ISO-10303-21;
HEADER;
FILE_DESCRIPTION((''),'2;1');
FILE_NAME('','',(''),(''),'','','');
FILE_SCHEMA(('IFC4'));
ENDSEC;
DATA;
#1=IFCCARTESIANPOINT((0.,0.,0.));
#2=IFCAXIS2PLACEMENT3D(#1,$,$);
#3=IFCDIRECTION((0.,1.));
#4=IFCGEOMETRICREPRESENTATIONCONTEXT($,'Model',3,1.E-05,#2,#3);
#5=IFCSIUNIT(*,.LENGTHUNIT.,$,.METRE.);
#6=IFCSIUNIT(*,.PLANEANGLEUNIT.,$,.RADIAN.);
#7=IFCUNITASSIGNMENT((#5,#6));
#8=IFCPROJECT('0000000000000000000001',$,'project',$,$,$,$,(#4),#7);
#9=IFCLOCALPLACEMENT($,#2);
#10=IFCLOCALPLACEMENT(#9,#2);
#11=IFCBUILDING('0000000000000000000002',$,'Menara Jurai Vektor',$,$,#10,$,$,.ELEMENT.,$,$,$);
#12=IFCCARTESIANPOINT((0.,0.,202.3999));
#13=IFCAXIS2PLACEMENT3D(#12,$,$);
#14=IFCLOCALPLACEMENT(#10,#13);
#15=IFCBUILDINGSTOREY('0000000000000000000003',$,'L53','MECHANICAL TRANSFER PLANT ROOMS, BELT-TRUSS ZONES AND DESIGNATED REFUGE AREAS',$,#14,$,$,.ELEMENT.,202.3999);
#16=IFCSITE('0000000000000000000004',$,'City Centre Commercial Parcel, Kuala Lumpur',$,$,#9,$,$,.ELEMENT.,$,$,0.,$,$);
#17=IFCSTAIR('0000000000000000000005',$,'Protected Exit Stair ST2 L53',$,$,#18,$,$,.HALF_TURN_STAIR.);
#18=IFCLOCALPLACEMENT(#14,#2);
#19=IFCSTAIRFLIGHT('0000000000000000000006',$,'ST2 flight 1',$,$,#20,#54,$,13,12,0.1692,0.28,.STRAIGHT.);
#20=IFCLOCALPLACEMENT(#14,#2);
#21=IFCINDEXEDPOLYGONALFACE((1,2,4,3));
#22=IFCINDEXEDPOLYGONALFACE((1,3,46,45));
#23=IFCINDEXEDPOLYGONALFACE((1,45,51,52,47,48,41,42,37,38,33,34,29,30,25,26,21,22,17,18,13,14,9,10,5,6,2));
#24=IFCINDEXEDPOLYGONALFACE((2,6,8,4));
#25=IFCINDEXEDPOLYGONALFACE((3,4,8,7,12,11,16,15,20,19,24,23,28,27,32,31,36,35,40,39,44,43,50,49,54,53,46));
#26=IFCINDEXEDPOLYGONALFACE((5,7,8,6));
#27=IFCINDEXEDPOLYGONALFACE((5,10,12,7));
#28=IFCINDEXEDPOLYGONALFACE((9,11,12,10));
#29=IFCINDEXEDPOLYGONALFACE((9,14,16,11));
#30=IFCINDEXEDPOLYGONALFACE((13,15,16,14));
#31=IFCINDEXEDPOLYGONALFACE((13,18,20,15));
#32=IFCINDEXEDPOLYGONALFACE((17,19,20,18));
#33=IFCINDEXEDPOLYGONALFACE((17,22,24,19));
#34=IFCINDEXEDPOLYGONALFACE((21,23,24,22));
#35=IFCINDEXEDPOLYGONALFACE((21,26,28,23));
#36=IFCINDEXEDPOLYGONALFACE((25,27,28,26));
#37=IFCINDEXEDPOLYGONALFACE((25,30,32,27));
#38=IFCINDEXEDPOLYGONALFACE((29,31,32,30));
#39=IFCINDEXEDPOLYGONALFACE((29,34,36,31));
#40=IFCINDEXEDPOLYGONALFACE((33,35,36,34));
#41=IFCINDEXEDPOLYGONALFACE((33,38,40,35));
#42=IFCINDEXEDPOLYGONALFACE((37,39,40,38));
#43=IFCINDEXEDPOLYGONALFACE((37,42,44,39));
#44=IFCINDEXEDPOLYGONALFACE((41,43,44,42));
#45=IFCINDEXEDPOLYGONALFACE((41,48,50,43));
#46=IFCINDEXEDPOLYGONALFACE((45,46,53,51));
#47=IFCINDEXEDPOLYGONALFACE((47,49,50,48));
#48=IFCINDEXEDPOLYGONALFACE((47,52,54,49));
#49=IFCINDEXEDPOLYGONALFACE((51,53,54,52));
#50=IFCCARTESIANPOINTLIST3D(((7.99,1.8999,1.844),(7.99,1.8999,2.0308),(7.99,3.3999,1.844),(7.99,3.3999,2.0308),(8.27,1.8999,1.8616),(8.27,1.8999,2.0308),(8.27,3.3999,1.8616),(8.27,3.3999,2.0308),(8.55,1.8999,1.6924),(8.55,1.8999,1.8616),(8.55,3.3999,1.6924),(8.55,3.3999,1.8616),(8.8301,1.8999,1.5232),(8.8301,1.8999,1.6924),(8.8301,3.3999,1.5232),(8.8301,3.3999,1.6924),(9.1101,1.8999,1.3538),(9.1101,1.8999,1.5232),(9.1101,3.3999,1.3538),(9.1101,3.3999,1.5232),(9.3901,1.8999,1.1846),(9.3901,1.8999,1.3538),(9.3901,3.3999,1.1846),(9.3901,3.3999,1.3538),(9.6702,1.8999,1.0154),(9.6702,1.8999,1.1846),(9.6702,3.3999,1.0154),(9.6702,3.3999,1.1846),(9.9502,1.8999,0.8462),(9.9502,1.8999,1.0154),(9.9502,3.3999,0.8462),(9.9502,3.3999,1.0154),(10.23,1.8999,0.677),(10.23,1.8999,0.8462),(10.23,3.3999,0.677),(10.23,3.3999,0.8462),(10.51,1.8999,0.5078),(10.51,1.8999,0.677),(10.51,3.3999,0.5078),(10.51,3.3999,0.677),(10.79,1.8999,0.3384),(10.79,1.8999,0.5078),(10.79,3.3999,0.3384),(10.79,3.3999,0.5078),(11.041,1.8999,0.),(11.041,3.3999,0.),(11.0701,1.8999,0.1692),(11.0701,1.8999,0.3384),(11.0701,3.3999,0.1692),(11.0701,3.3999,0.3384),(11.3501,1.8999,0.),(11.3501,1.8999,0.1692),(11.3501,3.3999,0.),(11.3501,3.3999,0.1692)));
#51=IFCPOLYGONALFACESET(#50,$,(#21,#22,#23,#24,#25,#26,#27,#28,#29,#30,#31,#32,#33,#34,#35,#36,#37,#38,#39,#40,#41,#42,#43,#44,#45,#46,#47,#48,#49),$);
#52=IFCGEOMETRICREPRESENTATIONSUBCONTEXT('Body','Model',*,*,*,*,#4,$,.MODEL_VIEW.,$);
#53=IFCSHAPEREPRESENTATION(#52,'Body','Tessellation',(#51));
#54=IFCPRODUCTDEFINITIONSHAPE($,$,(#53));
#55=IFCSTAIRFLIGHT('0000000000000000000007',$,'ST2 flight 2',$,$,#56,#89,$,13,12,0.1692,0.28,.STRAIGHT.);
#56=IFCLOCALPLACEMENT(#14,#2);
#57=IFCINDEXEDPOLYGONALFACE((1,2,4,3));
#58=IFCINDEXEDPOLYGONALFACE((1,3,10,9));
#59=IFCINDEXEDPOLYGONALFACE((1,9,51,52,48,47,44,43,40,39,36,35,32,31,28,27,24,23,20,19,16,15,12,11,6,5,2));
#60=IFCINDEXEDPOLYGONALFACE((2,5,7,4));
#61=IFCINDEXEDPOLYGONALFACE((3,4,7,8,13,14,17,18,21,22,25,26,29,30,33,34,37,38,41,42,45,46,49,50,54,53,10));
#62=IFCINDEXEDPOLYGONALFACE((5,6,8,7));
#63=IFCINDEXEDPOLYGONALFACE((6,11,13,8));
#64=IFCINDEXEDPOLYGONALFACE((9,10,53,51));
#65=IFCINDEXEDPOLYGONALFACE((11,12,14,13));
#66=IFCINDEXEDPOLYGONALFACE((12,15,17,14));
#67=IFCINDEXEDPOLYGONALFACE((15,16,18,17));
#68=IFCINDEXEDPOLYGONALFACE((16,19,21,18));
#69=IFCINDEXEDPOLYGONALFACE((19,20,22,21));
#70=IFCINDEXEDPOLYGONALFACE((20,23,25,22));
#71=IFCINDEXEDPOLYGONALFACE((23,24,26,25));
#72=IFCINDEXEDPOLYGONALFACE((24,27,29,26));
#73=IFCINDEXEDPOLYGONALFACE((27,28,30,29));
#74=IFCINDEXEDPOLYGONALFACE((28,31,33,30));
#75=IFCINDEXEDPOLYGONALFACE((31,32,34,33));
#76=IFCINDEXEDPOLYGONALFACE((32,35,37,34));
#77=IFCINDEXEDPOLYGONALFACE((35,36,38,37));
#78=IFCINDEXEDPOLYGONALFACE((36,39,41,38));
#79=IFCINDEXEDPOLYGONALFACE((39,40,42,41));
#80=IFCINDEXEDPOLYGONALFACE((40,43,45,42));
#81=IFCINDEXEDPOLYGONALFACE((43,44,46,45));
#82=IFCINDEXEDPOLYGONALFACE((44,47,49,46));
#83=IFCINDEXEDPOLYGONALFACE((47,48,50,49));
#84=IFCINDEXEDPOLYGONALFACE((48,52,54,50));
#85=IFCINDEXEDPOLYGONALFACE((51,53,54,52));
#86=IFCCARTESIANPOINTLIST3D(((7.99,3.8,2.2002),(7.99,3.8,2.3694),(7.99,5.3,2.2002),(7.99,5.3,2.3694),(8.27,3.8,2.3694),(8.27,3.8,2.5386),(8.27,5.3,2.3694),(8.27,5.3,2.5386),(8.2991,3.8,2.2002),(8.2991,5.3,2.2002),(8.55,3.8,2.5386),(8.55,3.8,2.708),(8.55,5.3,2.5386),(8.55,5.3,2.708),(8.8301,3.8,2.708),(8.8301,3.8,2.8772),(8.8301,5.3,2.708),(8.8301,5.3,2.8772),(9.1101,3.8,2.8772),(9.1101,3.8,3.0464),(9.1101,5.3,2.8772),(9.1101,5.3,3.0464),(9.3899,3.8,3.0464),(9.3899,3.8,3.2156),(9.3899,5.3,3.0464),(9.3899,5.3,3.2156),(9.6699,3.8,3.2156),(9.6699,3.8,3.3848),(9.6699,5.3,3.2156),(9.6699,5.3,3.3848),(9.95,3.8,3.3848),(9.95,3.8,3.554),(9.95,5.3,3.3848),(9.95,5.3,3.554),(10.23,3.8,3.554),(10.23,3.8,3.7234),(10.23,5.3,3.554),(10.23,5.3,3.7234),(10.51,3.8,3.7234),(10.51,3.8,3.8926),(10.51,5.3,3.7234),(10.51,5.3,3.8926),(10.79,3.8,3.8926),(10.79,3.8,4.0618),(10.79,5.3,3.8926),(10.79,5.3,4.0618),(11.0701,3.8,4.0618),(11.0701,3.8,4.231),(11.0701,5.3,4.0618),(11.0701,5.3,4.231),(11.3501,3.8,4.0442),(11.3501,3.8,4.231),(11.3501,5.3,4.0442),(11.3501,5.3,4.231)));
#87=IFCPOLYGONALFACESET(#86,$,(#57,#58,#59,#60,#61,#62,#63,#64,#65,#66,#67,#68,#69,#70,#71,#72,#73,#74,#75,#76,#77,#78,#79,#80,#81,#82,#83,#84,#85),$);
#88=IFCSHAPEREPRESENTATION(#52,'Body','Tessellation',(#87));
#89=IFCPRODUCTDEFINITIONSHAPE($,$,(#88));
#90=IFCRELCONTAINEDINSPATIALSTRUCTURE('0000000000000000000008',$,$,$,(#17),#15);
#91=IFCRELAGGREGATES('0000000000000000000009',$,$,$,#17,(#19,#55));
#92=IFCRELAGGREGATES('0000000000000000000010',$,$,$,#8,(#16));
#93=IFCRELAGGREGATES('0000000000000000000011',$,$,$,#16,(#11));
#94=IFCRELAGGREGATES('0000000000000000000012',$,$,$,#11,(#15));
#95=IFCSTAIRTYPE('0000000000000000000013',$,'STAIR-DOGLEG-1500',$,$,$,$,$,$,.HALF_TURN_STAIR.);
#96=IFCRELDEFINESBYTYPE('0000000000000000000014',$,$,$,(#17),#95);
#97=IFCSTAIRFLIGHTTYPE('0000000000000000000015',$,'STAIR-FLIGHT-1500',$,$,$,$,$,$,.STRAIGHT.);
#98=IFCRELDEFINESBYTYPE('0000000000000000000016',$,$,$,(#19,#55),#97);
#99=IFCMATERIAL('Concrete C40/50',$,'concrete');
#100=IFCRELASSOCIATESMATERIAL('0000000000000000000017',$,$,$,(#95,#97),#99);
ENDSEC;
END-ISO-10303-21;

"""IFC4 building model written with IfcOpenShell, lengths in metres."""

from ifc_helpers import new_model, si_unit, direction, frame, origin, place, context, subcontext, project, spatial, polyline, outline, extrude, material, type_object, element, aggregate, save


model = new_model("IFC4")

# Units and contexts
model_context = context("Model", 3, precision=1e-05, world=origin(), true_north=direction((0.0, 1.0)))
body_context = subcontext(model_context, "Body", "Model", "MODEL_VIEW")
ifc_project = project(units=[si_unit("LENGTHUNIT", "METRE"), si_unit("PLANEANGLEUNIT", "RADIAN")], contexts=[model_context])

# Site, building, storey
site_placement = place(None, origin())
site = spatial("IfcSite", under=ifc_project, at=site_placement, Name="City Centre Commercial Parcel, Kuala Lumpur", CompositionType="ELEMENT", RefElevation=0.0)
building_placement = place(site_placement, origin())
building = spatial("IfcBuilding", under=site, at=building_placement, Name="Menara Jurai Vektor", CompositionType="ELEMENT")
storey_placement = place(building_placement, frame((0.0, 0.0, 202.3999)))
storey = spatial("IfcBuildingStorey", under=building, at=storey_placement, Name="L53", Description="MECHANICAL TRANSFER PLANT ROOMS, BELT-TRUSS ZONES AND DESIGNATED REFUGE AREAS", CompositionType="ELEMENT", Elevation=202.3999)

# Shared definitions
ifc_material_1 = material(Name="Concrete C40/50", Category="concrete")

# Stair, stair flights
stair_type = type_object("IfcStairType", Name="STAIR-DOGLEG-1500", PredefinedType="HALF_TURN_STAIR", material=ifc_material_1)
stair_placement = place(storey_placement, origin())
stair = element("IfcStair", 1, at=stair_placement, inside=storey, type_object=stair_type, Name="Protected Exit Stair ST2 L53", PredefinedType="HALF_TURN_STAIR")
stair_flight_type = type_object("IfcStairFlightType", Name="STAIR-FLIGHT-1500", PredefinedType="STRAIGHT", material=ifc_material_1)
stair_flight_1_placement = place(storey_placement, frame((11.3501, 2.6499, 0.0), z_axis=(0.0, 0.0, 1.0), x_axis=(-1.0, 0.0, 0.0)))
stair_flight_1 = element("IfcStairFlight", 2, at=stair_flight_1_placement, type_object=stair_flight_type, Name="ST2 flight 1", NumberOfRisers=13, NumberOfTreads=12, PredefinedType="STRAIGHT", RiserHeight=0.1692, TreadLength=0.28, context=body_context, shape_type="SweptSolid", body=[
    extrude(outline(polyline([(0.0, 0.0), (0.0, 0.1692), (0.28, 0.1692), (0.28, 0.3384), (0.5601, 0.3384), (0.5601, 0.5078), (0.8401, 0.5078), (0.8401, 0.677), (1.1201, 0.677), (1.1201, 0.8462), (1.3999, 0.8462), (1.3999, 1.0154), (1.6799, 1.0154), (1.6799, 1.1846), (1.96, 1.1846), (1.96, 1.3538), (2.24, 1.3538), (2.24, 1.5232), (2.52, 1.5232), (2.52, 1.6924), (2.8, 1.6924), (2.8, 1.8616), (3.0801, 1.8616), (3.0801, 2.0308), (3.3601, 2.0308), (3.3601, 2.2), (3.3601, 1.844), (0.3091, 0.0), (0.0, 0.0)])), frame((0.0, 0.75, 0.0), z_axis=(0.0, -1.0, 0.0), x_axis=(1.0, 0.0, 0.0)), (0.0, 0.0, 1.0), 1.5),
])
stair_flight_2_placement = place(storey_placement, frame((7.99, 4.55, 2.2002), z_axis=(0.0, 0.0, 1.0), x_axis=(1.0, 0.0, 0.0)))
stair_flight_2 = element("IfcStairFlight", 3, at=stair_flight_2_placement, type_object=stair_flight_type, Name="ST2 flight 2", NumberOfRisers=13, NumberOfTreads=12, PredefinedType="STRAIGHT", RiserHeight=0.1692, TreadLength=0.28, context=body_context, shape_type="SweptSolid", body=[
    extrude(outline(polyline([(0.0, 0.0), (0.0, 0.1692), (0.28, 0.1692), (0.28, 0.3384), (0.5601, 0.3384), (0.5601, 0.5078), (0.8401, 0.5078), (0.8401, 0.677), (1.1201, 0.677), (1.1201, 0.8462), (1.3999, 0.8462), (1.3999, 1.0154), (1.6799, 1.0154), (1.6799, 1.1846), (1.96, 1.1846), (1.96, 1.3538), (2.24, 1.3538), (2.24, 1.5232), (2.52, 1.5232), (2.52, 1.6924), (2.8, 1.6924), (2.8, 1.8616), (3.0801, 1.8616), (3.0801, 2.0308), (3.3601, 2.0308), (3.3601, 2.2), (3.3601, 1.844), (0.3091, 0.0), (0.0, 0.0)])), frame((0.0, 0.75, 0.0), z_axis=(0.0, -1.0, 0.0), x_axis=(1.0, 0.0, 0.0)), (0.0, 0.0, 1.0), 1.5),
])
aggregate(stair, [stair_flight_1, stair_flight_2])

save(model, "model.ifc")
